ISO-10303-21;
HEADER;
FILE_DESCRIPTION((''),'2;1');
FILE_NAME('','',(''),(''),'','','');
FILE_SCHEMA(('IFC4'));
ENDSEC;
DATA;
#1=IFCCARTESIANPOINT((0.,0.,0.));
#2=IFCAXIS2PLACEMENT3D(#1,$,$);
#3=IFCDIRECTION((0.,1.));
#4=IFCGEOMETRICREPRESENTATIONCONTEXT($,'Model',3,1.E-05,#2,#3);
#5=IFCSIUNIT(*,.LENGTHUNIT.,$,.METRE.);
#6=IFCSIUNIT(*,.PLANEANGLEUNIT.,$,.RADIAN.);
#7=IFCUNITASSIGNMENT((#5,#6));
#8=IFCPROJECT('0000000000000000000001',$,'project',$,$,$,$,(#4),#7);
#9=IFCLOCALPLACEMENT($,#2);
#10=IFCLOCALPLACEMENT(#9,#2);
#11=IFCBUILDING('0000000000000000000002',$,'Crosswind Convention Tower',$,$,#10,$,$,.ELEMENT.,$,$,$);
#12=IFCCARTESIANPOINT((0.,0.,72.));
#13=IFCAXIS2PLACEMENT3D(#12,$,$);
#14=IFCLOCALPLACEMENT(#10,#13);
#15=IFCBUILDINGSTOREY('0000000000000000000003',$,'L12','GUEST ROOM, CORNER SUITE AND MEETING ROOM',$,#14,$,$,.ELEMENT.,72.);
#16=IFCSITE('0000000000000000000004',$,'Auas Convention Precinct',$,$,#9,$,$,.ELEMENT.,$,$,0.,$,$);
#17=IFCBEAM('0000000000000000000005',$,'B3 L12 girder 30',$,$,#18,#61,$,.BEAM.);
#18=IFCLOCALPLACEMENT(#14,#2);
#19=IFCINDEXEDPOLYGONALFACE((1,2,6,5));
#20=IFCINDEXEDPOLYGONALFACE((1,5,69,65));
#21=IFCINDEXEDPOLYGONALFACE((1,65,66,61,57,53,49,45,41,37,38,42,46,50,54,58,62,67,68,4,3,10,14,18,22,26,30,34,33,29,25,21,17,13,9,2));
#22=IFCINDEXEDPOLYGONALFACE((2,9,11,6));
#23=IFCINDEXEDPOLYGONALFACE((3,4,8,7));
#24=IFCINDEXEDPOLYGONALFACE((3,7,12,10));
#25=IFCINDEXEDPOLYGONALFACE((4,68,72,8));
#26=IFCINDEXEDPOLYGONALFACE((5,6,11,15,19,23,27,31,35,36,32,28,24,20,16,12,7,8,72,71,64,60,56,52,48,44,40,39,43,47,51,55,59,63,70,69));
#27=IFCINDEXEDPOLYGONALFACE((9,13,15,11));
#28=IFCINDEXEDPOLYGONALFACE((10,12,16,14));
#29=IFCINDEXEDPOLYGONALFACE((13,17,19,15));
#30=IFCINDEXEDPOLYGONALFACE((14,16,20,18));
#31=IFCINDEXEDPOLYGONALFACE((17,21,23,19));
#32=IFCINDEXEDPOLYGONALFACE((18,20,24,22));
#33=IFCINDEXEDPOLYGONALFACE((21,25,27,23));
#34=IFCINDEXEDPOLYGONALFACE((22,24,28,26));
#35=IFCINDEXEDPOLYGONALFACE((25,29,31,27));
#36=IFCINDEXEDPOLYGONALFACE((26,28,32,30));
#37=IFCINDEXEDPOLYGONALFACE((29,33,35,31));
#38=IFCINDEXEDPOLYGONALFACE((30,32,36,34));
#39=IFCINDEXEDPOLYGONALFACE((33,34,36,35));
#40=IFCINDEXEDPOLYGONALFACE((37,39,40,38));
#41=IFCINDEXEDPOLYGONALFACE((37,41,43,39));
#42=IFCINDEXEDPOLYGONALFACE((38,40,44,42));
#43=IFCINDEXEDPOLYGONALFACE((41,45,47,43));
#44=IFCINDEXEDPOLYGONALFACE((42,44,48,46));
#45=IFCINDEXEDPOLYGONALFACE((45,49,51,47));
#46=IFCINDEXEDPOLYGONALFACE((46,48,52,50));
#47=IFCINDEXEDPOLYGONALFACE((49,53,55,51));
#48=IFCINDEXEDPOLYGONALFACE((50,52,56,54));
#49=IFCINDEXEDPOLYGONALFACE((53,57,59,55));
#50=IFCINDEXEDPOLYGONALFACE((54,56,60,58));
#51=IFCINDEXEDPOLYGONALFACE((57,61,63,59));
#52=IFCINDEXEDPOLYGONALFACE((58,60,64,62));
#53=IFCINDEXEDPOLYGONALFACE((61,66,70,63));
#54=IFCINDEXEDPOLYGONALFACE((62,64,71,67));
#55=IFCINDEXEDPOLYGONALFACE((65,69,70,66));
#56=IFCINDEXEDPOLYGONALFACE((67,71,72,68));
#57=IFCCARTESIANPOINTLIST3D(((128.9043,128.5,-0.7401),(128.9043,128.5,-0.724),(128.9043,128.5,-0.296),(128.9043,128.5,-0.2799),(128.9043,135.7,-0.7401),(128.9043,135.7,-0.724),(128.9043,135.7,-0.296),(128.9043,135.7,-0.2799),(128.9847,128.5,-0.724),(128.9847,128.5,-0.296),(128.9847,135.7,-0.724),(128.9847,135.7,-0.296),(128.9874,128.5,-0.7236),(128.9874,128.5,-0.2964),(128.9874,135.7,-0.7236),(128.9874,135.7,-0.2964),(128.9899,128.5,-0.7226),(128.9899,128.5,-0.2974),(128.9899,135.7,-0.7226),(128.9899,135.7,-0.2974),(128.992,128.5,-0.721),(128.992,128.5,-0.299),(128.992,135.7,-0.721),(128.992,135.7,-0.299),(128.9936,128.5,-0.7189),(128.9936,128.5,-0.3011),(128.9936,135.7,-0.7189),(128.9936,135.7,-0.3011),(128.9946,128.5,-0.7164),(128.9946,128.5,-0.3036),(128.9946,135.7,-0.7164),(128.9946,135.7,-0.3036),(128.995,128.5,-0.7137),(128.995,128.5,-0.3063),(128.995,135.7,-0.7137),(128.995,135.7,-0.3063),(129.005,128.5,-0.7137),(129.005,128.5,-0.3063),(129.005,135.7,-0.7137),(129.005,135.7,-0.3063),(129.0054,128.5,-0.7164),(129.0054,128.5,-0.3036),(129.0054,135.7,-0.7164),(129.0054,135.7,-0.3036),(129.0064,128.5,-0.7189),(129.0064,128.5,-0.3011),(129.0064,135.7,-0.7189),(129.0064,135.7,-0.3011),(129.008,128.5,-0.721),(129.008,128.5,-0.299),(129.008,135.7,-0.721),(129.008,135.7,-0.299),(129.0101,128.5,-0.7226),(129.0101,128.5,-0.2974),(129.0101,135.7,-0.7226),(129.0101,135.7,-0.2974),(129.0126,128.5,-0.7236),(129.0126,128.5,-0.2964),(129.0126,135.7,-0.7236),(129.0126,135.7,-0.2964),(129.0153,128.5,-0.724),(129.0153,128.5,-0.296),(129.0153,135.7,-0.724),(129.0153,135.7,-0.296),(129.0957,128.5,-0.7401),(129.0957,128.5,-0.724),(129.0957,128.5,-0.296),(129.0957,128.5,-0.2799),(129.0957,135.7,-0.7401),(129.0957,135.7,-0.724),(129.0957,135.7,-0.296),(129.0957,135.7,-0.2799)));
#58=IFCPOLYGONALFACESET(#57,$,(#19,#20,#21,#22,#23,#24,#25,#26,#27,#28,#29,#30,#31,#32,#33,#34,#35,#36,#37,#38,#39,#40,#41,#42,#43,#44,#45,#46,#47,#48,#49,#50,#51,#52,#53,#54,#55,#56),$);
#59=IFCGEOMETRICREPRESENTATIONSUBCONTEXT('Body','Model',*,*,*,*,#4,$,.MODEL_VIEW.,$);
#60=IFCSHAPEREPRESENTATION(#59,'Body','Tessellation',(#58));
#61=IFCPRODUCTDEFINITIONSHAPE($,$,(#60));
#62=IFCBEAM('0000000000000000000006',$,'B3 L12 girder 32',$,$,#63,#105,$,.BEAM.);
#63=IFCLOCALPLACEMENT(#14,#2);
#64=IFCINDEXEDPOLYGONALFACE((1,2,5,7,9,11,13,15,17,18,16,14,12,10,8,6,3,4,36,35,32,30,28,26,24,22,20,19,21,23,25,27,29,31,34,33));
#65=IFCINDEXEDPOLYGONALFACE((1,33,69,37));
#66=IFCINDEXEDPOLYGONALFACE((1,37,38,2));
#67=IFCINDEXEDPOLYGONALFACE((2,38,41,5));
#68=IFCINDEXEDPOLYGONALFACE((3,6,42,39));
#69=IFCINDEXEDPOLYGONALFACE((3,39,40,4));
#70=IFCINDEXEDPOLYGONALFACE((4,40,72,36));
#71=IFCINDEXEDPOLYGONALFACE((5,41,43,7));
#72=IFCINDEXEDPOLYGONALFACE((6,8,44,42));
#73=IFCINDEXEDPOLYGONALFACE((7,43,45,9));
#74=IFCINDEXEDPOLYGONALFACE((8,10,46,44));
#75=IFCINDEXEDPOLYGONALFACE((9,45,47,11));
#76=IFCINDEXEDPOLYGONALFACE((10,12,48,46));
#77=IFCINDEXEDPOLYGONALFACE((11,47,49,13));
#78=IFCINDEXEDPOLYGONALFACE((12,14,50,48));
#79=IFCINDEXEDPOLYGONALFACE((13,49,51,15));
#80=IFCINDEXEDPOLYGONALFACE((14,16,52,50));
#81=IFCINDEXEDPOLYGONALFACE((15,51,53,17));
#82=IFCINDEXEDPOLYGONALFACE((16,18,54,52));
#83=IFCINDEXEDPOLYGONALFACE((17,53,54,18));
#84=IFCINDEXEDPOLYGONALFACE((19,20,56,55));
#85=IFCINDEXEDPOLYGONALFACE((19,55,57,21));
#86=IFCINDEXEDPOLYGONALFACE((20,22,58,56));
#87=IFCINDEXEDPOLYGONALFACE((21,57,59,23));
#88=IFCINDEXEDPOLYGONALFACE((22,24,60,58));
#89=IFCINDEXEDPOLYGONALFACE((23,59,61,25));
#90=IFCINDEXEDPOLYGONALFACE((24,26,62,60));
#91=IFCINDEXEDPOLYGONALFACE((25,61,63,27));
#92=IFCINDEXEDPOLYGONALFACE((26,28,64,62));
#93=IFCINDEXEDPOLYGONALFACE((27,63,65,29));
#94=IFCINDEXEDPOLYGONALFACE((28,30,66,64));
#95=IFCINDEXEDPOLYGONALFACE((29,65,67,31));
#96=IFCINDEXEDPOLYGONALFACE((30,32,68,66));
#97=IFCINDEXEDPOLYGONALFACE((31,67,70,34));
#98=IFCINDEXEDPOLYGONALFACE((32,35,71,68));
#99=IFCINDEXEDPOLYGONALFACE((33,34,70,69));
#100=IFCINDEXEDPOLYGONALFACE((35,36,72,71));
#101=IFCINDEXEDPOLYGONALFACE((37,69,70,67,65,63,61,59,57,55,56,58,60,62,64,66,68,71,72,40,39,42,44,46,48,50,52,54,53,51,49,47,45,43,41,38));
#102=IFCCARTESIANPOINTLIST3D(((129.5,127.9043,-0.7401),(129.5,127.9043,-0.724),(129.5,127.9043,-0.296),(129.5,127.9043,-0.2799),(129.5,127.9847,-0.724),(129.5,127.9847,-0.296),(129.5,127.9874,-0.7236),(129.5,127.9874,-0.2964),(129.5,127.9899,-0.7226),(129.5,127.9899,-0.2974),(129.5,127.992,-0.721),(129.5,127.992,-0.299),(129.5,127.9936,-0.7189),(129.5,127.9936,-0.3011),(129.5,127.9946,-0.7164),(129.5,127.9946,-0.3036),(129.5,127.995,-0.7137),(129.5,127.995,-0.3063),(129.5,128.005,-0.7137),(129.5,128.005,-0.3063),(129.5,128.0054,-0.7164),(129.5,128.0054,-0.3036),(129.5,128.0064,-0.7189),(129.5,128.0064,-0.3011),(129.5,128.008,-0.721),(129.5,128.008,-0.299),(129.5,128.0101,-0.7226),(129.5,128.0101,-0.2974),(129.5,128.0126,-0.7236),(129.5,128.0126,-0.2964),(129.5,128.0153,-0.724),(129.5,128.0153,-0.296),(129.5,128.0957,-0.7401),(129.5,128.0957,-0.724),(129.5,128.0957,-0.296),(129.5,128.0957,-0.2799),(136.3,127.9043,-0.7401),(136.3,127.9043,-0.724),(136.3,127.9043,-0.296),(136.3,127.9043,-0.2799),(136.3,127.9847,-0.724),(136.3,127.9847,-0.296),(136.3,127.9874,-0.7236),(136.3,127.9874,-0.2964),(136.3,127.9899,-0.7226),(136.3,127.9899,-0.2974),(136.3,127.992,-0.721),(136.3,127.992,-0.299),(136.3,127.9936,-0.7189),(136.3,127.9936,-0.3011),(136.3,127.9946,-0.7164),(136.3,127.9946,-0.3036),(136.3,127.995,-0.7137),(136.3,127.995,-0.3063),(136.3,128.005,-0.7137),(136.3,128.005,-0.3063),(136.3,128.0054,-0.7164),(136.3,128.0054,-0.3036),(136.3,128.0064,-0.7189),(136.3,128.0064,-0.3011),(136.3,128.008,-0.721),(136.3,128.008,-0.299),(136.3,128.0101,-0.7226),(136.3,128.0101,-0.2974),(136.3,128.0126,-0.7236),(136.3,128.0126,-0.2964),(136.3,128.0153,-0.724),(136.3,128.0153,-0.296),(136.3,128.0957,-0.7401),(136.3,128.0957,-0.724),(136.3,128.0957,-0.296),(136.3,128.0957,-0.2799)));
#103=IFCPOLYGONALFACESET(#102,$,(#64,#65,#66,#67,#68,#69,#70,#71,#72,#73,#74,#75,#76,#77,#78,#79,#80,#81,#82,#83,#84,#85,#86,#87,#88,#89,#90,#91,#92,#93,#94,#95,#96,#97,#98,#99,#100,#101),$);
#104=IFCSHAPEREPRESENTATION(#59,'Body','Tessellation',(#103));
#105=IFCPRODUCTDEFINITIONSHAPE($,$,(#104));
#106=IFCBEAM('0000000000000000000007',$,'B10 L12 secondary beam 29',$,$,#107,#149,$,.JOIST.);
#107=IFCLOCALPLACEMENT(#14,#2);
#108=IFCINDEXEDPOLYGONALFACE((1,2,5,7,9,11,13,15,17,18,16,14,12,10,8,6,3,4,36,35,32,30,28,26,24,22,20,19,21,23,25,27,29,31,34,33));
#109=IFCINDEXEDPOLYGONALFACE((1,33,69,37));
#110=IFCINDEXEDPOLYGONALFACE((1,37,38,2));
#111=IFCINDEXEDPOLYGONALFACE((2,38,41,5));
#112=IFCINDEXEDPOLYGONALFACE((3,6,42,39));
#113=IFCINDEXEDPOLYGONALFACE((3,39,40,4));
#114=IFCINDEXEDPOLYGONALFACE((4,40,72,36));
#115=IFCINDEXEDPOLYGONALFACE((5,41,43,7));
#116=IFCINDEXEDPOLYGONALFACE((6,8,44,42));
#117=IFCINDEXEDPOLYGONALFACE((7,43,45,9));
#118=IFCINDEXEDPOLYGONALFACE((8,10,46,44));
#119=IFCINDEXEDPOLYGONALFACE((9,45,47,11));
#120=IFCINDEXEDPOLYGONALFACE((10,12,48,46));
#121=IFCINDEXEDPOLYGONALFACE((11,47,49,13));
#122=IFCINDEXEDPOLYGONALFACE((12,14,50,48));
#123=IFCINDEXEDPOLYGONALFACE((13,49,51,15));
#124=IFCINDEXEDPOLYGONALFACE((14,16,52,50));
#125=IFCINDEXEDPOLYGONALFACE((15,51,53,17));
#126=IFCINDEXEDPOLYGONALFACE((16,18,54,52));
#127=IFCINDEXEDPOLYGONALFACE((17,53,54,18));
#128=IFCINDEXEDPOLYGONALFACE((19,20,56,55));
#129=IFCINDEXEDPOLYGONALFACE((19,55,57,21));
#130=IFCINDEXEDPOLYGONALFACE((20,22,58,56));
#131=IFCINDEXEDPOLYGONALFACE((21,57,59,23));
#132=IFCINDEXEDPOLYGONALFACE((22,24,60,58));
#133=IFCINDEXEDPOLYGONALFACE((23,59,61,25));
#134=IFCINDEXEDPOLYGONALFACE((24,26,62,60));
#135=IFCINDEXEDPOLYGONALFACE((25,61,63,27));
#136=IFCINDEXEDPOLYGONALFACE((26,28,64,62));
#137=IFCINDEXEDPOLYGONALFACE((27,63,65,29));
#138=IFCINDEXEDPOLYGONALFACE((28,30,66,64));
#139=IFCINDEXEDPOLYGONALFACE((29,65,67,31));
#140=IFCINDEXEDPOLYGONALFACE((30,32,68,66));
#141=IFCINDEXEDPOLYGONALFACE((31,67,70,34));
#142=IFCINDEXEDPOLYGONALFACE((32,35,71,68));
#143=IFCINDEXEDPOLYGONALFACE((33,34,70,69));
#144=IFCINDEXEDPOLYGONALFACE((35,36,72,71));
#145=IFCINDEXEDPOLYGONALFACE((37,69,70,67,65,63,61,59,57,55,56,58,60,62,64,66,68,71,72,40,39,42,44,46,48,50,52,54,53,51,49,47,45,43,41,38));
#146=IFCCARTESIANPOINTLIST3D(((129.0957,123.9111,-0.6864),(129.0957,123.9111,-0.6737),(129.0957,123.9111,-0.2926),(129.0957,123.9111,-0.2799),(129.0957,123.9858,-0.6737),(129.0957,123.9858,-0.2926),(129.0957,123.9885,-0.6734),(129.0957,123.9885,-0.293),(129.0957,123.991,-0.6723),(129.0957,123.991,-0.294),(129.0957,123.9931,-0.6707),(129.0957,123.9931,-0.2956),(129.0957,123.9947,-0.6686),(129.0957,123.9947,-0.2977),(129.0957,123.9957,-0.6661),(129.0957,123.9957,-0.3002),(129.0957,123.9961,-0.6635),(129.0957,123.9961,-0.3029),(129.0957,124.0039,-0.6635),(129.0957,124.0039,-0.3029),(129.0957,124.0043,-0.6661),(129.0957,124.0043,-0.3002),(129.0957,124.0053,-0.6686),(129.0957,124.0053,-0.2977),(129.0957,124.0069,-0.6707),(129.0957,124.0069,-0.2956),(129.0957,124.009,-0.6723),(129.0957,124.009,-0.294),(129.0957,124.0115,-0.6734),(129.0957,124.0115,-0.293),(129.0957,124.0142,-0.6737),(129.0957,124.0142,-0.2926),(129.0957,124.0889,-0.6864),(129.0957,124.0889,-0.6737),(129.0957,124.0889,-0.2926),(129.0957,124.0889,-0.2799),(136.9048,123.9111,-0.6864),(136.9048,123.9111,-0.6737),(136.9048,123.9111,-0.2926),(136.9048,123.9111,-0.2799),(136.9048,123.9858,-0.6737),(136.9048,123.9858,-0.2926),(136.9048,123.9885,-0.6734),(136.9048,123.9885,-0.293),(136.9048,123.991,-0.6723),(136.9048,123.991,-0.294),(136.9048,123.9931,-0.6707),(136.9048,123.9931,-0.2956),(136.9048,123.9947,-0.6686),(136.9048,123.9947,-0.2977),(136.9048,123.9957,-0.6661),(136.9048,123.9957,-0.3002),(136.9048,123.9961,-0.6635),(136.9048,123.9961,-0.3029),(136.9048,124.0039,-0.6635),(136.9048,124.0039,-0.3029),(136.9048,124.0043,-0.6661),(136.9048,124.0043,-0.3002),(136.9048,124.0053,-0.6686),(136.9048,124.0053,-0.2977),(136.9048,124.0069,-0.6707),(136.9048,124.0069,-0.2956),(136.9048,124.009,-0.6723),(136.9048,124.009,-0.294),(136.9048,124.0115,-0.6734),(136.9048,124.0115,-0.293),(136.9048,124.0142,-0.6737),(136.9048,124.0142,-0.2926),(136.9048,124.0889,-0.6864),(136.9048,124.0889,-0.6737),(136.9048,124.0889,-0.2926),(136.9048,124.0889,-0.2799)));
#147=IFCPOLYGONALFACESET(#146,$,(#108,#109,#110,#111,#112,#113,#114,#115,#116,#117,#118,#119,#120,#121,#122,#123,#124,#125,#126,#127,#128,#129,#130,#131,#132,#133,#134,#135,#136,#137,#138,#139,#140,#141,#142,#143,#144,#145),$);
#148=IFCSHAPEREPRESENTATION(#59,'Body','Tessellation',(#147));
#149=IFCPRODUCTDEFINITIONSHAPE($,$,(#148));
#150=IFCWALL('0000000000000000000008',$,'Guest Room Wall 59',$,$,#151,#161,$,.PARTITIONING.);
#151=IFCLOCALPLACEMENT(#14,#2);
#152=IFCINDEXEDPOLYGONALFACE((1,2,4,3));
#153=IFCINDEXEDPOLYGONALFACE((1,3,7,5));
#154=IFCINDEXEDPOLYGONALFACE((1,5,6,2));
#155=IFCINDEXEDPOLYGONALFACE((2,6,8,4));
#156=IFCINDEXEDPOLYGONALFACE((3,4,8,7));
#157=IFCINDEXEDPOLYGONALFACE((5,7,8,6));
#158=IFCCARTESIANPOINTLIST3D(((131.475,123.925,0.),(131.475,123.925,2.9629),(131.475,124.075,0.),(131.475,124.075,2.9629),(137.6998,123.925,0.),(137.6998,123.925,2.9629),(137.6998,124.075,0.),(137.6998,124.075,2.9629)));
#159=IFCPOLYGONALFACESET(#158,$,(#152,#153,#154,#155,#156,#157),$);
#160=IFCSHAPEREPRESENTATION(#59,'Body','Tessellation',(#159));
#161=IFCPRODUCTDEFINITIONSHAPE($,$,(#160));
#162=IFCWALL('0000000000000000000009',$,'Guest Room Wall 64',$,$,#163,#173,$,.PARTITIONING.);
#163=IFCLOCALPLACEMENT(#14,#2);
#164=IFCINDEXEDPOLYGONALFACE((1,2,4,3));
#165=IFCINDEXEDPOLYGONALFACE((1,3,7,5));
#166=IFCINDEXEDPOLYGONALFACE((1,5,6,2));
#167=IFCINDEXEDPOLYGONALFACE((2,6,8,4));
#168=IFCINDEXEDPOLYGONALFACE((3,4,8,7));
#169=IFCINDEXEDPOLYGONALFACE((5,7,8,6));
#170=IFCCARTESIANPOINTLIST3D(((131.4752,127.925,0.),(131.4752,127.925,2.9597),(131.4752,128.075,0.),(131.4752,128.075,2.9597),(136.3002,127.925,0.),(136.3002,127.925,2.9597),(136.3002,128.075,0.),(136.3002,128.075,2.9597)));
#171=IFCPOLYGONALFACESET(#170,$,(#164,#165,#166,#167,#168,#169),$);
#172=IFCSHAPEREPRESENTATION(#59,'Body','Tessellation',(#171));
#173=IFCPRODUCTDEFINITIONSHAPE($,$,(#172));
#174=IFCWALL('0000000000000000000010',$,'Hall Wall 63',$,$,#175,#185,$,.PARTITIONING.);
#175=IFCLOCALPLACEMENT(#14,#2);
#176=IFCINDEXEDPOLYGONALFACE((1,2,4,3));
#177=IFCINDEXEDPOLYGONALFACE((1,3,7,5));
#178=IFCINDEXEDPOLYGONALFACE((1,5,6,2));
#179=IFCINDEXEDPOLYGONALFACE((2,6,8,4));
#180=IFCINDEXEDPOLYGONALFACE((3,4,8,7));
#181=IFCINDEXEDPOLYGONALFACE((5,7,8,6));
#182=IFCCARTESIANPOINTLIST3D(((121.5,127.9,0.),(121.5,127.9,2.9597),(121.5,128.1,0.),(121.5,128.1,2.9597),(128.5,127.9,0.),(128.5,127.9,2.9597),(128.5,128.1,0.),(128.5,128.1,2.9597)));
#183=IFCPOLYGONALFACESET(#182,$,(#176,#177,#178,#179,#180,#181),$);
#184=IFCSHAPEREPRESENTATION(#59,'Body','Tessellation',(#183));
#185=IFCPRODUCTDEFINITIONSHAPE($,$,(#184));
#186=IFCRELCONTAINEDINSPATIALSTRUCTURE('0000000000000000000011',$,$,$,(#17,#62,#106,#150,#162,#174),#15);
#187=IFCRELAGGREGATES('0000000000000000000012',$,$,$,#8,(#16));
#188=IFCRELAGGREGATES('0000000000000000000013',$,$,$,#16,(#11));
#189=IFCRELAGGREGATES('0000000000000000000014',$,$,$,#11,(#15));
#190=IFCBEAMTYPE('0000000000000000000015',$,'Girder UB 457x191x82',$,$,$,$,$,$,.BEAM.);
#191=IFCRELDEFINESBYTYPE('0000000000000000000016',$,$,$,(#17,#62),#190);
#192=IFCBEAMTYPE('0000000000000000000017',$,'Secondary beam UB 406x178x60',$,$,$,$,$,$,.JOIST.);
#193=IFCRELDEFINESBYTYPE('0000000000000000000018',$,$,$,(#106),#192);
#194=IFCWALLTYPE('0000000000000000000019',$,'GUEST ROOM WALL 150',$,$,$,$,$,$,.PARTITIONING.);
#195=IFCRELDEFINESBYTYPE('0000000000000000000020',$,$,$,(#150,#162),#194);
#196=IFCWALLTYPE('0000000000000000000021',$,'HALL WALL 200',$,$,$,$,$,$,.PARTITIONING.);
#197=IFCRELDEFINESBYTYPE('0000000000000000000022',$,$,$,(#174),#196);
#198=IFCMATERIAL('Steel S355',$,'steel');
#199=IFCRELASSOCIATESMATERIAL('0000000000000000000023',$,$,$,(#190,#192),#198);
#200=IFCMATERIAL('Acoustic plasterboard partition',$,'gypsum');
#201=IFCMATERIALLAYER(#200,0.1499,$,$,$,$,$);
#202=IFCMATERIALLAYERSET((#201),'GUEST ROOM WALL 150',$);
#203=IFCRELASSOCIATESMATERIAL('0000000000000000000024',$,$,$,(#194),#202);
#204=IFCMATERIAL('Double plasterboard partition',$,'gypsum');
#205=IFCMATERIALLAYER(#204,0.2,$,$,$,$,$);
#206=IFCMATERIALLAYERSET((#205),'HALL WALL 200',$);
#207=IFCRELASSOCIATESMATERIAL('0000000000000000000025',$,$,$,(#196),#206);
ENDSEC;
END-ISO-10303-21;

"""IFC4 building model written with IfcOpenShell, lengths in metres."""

from ifc_helpers import new_model, si_unit, direction, frame, frame_2d, origin, origin_2d, place, context, subcontext, project, spatial, rectangle, i_section, extrude, material, layer, layer_set, material_profile, profile_set, type_object, element, save


model = new_model("IFC4")

# Units and contexts
model_context = context("Model", 3, precision=1e-05, world=origin(), true_north=direction((0.0, 1.0)))
body_context = subcontext(model_context, "Body", "Model", "MODEL_VIEW")
ifc_project = project(units=[si_unit("LENGTHUNIT", "METRE"), si_unit("PLANEANGLEUNIT", "RADIAN")], contexts=[model_context])

# Site, building, storey
site_placement = place(None, origin())
site = spatial("IfcSite", under=ifc_project, at=site_placement, Name="Auas Convention Precinct", CompositionType="ELEMENT", RefElevation=0.0)
building_placement = place(site_placement, origin())
building = spatial("IfcBuilding", under=site, at=building_placement, Name="Crosswind Convention Tower", CompositionType="ELEMENT")
storey_placement = place(building_placement, frame((0.0, 0.0, 72.0)))
storey = spatial("IfcBuildingStorey", under=building, at=storey_placement, Name="L12", Description="GUEST ROOM, CORNER SUITE AND MEETING ROOM", CompositionType="ELEMENT", Elevation=72.0)

# Beams
ifc_material_1 = material(Name="Steel S355", Category="steel")
ifc_material_profile_1 = material_profile(ifc_material_1, i_section(OverallWidth=0.1914, OverallDepth=0.4602, WebThickness=0.01, FlangeThickness=0.0161, FilletRadius=0.0103, at=origin_2d()), Name="UB 457x191x82")
ifc_profile_set_1 = profile_set([ifc_material_profile_1], Name="Steel S355")
beam_type_1 = type_object("IfcBeamType", Name="Girder UB 457x191x82", PredefinedType="BEAM", material=ifc_profile_set_1)
beam_1_placement = place(storey_placement, frame((129.0, 128.5, -0.51), z_axis=(0.0, 1.0, 0.0), x_axis=(-1.0, 0.0, 0.0)))
element("IfcBeam", 1, at=beam_1_placement, inside=storey, type_object=beam_type_1, Name="B3 L12 girder 30", PredefinedType="BEAM", context=body_context, shape_type="SweptSolid", body=[
    extrude(i_section(OverallWidth=0.1914, OverallDepth=0.4602, WebThickness=0.01, FlangeThickness=0.0161, FilletRadius=0.0103, at=origin_2d()), origin(), (0.0, 0.0, 1.0), 7.2),
])
beam_2_placement = place(storey_placement, frame((129.5, 128.0, -0.51), z_axis=(1.0, 0.0, 0.0), x_axis=(0.0, 1.0, 0.0)))
element("IfcBeam", 2, at=beam_2_placement, inside=storey, type_object=beam_type_1, Name="B3 L12 girder 32", PredefinedType="BEAM", context=body_context, shape_type="SweptSolid", body=[
    extrude(i_section(OverallWidth=0.1914, OverallDepth=0.4602, WebThickness=0.01, FlangeThickness=0.0161, FilletRadius=0.0103, at=origin_2d()), origin(), (0.0, 0.0, 1.0), 6.8),
])
ifc_material_profile_2 = material_profile(ifc_material_1, i_section(OverallWidth=0.1777, OverallDepth=0.4065, WebThickness=0.0078, FlangeThickness=0.0127, FilletRadius=0.0103, at=origin_2d()), Name="UB 406x178x60")
ifc_profile_set_2 = profile_set([ifc_material_profile_2], Name="Steel S355")
beam_type_2 = type_object("IfcBeamType", Name="Secondary beam UB 406x178x60", PredefinedType="JOIST", material=ifc_profile_set_2)
beam_3_placement = place(storey_placement, frame((129.0957, 124.0, -0.4832), z_axis=(1.0, 0.0, 0.0), x_axis=(0.0, 1.0, 0.0)))
element("IfcBeam", 3, at=beam_3_placement, inside=storey, type_object=beam_type_2, Name="B10 L12 secondary beam 29", PredefinedType="JOIST", context=body_context, shape_type="SweptSolid", body=[
    extrude(i_section(OverallWidth=0.1777, OverallDepth=0.4065, WebThickness=0.0078, FlangeThickness=0.0127, FilletRadius=0.0103, at=origin_2d()), origin(), (0.0, 0.0, 1.0), 7.8091),
])

# Walls
ifc_material_2 = material(Name="Acoustic plasterboard partition", Category="gypsum")
ifc_layer_1 = layer(ifc_material_2, 0.1499)
ifc_layer_set_1 = layer_set([ifc_layer_1], Name="GUEST ROOM WALL 150")
wall_type_1 = type_object("IfcWallType", Name="GUEST ROOM WALL 150", PredefinedType="PARTITIONING", material=ifc_layer_set_1)
wall_1_placement = place(storey_placement, frame((131.4751, 124.0, 0.0), z_axis=(0.0, 0.0, 1.0), x_axis=(1.0, 0.0, 0.0)))
element("IfcWall", 4, at=wall_1_placement, inside=storey, type_object=wall_type_1, Name="Guest Room Wall 59", PredefinedType="PARTITIONING", context=body_context, shape_type="SweptSolid", body=[
    extrude(rectangle(XDim=6.2249, YDim=0.1499, at=frame_2d((3.1123, 0.0))), origin(), (0.0, 0.0, 1.0), 2.9629),
])
wall_2_placement = place(storey_placement, frame((131.4751, 128.0, 0.0), z_axis=(0.0, 0.0, 1.0), x_axis=(1.0, 0.0, 0.0)))
element("IfcWall", 5, at=wall_2_placement, inside=storey, type_object=wall_type_1, Name="Guest Room Wall 64", PredefinedType="PARTITIONING", context=body_context, shape_type="SweptSolid", body=[
    extrude(rectangle(XDim=4.825, YDim=0.1499, at=frame_2d((2.4126, 0.0))), origin(), (0.0, 0.0, 1.0), 2.9597),
])
ifc_material_3 = material(Name="Double plasterboard partition", Category="gypsum")
ifc_layer_2 = layer(ifc_material_3, 0.2)
ifc_layer_set_2 = layer_set([ifc_layer_2], Name="HALL WALL 200")
wall_type_2 = type_object("IfcWallType", Name="HALL WALL 200", PredefinedType="PARTITIONING", material=ifc_layer_set_2)
wall_3_placement = place(storey_placement, frame((121.5, 128.0, 0.0), z_axis=(0.0, 0.0, 1.0), x_axis=(1.0, 0.0, 0.0)))
element("IfcWall", 6, at=wall_3_placement, inside=storey, type_object=wall_type_2, Name="Hall Wall 63", PredefinedType="PARTITIONING", context=body_context, shape_type="SweptSolid", body=[
    extrude(rectangle(XDim=7.0, YDim=0.2, at=frame_2d((3.5, 0.0))), origin(), (0.0, 0.0, 1.0), 2.9597),
])

save(model, "model.ifc")
